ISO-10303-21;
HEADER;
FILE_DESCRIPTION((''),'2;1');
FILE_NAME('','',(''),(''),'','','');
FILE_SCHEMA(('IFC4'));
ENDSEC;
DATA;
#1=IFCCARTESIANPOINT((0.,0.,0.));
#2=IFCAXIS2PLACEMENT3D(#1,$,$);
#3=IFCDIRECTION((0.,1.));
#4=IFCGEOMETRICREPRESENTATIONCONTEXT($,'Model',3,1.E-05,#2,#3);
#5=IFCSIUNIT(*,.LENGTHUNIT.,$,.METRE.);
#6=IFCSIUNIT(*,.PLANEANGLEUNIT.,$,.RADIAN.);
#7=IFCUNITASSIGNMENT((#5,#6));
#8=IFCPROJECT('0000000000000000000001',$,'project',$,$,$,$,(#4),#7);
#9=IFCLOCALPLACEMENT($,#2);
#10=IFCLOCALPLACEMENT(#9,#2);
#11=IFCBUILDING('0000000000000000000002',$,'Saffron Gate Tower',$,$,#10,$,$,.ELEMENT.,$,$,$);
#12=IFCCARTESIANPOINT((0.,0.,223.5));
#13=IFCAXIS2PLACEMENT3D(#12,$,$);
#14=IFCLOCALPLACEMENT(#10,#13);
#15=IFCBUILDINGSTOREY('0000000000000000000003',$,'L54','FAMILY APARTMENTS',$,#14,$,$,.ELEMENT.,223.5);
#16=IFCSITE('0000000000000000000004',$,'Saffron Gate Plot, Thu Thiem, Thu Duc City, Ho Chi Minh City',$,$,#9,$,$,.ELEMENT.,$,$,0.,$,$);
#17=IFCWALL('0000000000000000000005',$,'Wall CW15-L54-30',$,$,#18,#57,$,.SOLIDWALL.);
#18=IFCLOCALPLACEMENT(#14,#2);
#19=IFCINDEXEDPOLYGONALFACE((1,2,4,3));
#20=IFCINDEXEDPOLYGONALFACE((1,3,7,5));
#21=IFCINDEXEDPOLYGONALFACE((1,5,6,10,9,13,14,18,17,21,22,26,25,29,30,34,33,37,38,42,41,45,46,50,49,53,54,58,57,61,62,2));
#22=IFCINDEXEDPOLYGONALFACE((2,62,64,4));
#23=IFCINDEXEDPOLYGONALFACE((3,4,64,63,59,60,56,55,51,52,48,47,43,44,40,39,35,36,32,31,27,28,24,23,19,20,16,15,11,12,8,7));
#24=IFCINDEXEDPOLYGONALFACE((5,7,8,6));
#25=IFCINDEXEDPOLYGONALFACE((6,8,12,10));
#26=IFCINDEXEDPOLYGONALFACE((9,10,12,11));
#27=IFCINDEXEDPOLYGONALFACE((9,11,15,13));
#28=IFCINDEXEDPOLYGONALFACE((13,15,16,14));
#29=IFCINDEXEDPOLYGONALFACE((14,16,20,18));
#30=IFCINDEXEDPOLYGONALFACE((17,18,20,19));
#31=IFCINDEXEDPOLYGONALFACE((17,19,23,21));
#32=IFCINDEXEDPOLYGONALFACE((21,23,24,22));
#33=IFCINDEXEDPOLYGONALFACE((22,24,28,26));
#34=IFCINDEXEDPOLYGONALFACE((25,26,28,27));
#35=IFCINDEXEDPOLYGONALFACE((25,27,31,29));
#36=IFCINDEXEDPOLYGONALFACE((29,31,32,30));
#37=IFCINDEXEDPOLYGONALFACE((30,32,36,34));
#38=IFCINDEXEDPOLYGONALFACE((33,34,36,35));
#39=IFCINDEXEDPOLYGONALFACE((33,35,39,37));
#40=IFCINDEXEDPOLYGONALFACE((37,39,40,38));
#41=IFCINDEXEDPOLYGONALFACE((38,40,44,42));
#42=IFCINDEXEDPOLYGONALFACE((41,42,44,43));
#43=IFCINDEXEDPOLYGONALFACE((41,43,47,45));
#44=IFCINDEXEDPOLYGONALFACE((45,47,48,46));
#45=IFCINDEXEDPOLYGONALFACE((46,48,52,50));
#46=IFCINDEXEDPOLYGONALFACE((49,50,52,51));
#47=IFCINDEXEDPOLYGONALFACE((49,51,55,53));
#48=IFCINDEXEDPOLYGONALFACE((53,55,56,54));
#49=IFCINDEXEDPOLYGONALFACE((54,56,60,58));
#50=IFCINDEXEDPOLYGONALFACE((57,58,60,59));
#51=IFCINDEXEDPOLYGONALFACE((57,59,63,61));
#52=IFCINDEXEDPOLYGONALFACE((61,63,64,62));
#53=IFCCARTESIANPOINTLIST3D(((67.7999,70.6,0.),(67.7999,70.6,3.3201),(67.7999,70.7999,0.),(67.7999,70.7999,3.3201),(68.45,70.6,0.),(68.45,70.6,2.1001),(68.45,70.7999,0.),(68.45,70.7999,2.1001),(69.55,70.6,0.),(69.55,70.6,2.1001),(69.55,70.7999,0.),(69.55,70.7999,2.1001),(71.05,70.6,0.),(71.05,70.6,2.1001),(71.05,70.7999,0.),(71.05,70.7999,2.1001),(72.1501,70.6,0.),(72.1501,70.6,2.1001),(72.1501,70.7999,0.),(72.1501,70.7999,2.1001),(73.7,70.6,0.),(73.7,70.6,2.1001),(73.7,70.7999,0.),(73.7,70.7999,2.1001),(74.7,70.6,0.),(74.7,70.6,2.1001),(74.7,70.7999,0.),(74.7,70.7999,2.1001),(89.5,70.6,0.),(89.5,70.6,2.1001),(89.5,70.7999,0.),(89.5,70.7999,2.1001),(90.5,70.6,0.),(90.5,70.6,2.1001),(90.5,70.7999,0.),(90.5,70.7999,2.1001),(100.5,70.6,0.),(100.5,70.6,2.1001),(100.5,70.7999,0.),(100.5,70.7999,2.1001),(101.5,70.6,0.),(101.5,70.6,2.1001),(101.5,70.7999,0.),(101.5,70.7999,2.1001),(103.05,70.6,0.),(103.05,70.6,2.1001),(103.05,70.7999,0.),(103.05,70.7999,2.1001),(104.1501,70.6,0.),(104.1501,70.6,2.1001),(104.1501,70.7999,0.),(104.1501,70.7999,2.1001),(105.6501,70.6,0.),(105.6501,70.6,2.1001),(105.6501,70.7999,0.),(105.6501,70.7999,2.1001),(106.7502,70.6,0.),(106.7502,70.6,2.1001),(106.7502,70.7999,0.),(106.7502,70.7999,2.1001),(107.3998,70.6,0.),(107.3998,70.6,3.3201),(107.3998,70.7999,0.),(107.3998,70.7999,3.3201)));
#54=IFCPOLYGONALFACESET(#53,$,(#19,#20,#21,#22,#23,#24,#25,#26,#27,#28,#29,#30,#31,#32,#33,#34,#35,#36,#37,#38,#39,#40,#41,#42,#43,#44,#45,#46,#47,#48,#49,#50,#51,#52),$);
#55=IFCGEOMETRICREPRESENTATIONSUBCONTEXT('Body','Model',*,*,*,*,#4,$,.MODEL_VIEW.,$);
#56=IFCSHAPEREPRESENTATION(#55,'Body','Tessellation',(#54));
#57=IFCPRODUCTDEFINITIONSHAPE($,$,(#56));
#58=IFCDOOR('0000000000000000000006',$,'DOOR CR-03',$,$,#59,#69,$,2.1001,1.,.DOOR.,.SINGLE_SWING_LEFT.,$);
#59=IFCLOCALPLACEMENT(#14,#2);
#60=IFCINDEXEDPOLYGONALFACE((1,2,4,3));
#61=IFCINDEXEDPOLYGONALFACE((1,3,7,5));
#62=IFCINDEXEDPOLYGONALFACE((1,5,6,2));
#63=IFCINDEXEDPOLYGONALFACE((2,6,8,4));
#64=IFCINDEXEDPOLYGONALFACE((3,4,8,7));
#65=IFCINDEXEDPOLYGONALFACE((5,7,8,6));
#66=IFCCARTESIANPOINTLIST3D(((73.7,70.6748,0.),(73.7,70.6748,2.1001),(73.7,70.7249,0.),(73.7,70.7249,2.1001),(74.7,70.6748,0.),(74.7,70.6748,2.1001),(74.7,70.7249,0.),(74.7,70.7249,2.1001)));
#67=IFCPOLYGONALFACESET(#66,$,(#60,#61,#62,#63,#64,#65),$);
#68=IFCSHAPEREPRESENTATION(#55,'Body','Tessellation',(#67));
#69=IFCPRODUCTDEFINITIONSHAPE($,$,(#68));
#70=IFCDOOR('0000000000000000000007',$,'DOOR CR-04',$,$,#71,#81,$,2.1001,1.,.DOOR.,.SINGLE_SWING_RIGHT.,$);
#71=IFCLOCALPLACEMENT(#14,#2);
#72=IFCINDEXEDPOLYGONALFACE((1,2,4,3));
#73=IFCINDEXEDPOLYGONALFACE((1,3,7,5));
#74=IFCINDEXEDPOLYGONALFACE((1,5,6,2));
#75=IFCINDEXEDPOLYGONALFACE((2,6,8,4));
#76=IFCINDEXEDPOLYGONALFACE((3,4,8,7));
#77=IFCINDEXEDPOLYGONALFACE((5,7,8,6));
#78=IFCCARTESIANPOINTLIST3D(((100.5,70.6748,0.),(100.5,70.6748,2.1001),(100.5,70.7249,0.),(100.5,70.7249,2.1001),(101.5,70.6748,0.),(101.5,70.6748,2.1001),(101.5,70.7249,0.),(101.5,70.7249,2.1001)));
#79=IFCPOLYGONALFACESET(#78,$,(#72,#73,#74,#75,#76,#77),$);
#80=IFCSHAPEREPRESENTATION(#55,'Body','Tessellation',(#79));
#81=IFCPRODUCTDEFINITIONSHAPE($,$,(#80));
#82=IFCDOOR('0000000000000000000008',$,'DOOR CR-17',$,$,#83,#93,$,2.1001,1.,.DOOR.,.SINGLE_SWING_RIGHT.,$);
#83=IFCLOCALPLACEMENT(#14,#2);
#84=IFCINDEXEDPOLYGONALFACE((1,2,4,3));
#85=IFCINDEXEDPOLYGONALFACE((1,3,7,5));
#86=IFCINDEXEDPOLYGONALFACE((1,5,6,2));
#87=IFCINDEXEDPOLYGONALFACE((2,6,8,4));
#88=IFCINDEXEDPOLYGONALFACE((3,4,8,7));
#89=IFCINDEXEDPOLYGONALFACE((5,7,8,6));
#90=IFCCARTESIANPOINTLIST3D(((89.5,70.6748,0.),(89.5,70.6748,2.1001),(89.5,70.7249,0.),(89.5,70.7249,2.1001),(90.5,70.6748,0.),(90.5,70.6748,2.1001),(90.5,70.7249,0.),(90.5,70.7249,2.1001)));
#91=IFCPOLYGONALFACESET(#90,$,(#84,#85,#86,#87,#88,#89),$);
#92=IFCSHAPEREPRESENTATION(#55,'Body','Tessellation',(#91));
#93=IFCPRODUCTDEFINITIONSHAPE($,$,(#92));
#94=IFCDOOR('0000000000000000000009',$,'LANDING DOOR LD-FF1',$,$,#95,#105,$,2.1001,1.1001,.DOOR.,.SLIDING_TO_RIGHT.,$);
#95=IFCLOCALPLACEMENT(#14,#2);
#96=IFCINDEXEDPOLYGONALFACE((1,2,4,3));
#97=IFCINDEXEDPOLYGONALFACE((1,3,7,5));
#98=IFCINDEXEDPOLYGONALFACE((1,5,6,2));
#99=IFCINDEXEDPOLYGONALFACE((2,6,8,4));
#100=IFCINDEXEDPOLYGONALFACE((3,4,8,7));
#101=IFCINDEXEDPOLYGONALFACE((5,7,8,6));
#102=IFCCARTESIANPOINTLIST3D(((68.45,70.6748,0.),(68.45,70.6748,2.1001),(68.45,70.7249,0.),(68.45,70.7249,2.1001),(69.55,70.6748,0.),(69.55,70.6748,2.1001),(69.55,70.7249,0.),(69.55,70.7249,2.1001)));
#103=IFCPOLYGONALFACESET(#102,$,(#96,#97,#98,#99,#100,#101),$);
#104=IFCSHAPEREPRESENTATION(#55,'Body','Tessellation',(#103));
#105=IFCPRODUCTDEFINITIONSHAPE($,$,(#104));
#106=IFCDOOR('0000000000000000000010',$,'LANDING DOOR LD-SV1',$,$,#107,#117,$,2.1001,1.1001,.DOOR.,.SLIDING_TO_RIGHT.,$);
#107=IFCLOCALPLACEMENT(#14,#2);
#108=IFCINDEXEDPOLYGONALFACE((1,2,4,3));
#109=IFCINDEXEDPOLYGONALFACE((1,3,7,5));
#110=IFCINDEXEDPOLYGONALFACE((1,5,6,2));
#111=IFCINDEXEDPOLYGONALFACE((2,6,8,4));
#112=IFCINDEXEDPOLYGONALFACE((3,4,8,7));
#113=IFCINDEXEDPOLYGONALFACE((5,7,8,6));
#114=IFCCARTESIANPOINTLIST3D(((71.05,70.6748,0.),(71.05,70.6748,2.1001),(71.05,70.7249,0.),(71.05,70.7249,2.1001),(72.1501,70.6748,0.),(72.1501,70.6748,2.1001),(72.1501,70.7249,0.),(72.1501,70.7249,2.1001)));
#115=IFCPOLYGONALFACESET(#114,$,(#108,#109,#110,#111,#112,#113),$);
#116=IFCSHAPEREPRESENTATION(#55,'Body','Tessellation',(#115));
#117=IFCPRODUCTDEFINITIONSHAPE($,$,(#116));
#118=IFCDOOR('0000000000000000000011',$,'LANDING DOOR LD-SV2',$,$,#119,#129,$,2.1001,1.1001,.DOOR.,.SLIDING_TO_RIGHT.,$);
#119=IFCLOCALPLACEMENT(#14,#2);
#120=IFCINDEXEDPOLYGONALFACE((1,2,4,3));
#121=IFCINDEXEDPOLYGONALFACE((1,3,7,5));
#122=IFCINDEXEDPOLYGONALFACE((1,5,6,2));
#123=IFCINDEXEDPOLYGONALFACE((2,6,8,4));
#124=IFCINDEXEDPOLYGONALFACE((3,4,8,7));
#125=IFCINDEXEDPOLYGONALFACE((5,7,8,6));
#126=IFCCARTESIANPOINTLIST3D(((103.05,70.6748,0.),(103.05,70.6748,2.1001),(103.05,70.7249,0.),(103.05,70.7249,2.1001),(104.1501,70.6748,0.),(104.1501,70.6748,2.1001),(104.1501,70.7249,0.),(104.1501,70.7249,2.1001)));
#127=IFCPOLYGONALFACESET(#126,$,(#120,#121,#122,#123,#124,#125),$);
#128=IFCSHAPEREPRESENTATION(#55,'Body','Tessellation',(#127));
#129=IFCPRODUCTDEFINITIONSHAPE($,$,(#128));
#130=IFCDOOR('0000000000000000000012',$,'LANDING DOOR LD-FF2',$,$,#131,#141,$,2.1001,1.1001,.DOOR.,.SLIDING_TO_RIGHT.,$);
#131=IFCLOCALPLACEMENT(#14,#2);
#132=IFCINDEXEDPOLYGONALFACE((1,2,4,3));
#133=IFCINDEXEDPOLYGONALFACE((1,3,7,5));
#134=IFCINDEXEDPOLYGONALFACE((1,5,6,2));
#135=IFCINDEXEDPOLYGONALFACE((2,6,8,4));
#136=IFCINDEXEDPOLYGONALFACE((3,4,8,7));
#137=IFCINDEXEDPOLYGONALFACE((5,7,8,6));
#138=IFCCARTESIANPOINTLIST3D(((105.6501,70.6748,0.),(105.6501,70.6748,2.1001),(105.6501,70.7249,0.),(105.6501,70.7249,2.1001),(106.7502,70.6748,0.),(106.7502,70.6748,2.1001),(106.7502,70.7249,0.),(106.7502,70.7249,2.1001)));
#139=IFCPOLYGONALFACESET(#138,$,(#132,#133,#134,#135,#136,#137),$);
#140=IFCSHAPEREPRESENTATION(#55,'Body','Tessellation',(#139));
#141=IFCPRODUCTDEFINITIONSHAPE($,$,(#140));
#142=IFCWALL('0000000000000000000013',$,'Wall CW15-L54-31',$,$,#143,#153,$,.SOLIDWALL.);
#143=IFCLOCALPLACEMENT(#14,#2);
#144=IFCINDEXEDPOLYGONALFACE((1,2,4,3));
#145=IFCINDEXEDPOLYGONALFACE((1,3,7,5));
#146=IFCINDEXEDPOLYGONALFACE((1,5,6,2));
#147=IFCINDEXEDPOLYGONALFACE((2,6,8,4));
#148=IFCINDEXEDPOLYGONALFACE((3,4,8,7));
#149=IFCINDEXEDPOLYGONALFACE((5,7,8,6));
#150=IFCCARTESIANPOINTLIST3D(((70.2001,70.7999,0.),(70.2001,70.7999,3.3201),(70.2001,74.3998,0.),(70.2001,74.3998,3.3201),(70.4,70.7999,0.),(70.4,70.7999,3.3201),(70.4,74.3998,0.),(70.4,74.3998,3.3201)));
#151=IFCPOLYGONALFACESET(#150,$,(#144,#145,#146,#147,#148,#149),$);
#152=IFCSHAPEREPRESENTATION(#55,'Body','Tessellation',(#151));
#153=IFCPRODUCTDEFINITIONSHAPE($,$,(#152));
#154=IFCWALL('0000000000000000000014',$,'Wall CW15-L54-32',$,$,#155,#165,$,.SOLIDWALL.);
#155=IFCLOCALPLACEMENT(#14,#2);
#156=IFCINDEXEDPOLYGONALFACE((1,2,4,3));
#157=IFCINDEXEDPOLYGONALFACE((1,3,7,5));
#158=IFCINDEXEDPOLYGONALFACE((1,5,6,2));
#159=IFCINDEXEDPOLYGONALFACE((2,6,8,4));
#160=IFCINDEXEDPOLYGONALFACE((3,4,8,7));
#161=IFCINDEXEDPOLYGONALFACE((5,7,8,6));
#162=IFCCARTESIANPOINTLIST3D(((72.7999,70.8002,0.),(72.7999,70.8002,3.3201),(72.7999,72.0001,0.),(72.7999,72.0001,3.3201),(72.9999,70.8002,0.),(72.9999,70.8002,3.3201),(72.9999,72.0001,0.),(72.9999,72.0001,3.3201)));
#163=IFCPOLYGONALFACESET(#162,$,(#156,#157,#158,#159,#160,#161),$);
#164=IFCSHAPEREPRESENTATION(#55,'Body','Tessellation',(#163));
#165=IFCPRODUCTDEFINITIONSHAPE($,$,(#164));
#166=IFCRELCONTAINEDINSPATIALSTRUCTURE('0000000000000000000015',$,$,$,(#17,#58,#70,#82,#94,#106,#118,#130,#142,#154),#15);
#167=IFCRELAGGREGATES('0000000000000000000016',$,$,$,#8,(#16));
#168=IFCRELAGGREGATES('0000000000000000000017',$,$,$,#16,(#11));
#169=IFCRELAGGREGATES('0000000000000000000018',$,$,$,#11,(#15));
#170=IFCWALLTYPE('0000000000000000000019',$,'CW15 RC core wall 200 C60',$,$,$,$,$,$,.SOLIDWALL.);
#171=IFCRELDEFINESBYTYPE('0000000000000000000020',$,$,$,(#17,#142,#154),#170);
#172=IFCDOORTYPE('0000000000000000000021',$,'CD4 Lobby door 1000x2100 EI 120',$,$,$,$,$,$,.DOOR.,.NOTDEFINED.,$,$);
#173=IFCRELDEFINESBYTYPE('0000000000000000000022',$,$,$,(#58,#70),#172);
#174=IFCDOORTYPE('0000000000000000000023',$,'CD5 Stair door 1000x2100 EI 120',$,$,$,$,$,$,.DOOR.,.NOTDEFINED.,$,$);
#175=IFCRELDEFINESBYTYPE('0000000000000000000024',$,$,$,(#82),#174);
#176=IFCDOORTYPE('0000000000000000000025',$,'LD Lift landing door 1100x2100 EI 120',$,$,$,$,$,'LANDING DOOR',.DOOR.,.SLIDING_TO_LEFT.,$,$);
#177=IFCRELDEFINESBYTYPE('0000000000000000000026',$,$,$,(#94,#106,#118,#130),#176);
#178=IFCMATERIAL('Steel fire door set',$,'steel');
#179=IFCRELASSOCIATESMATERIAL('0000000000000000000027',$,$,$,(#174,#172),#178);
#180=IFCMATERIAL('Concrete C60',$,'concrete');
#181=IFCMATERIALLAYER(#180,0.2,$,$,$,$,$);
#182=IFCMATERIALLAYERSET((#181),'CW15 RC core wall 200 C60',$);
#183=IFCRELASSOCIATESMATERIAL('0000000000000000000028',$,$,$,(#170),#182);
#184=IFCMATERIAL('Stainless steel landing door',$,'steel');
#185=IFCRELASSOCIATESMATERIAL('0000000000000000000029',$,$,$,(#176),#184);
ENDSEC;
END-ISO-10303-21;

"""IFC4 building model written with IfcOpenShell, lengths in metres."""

from ifc_helpers import new_model, si_unit, direction, frame, frame_2d, origin, place, context, subcontext, project, spatial, rectangle, extrude, material, layer, layer_set, type_object, element, fill, save


model = new_model("IFC4")

# Units and contexts
model_context = context("Model", 3, precision=1e-05, world=origin(), true_north=direction((0.0, 1.0)))
body_context = subcontext(model_context, "Body", "Model", "MODEL_VIEW")
ifc_project = project(units=[si_unit("LENGTHUNIT", "METRE"), si_unit("PLANEANGLEUNIT", "RADIAN")], contexts=[model_context])

# Site, building, storey
site_placement = place(None, origin())
site = spatial("IfcSite", under=ifc_project, at=site_placement, Name="Saffron Gate Plot, Thu Thiem, Thu Duc City, Ho Chi Minh City", CompositionType="ELEMENT", RefElevation=0.0)
building_placement = place(site_placement, origin())
building = spatial("IfcBuilding", under=site, at=building_placement, Name="Saffron Gate Tower", CompositionType="ELEMENT")
storey_placement = place(building_placement, frame((0.0, 0.0, 223.5)))
storey = spatial("IfcBuildingStorey", under=building, at=storey_placement, Name="L54", Description="FAMILY APARTMENTS", CompositionType="ELEMENT", Elevation=223.5)

# Wall, openings, doors
ifc_material_1 = material(Name="Concrete C60", Category="concrete")
ifc_material_2 = material(Name="Steel fire door set", Category="steel")
door_type_1 = type_object("IfcDoorType", Name="CD5 Stair door 1000x2100 EI 120", OperationType="NOTDEFINED", PredefinedType="DOOR", material=ifc_material_2)
ifc_layer_1 = layer(ifc_material_1, 0.2)
ifc_layer_set_1 = layer_set([ifc_layer_1], Name="CW15 RC core wall 200 C60")
wall_type_1 = type_object("IfcWallType", Name="CW15 RC core wall 200 C60", PredefinedType="SOLIDWALL", material=ifc_layer_set_1)
wall_1_placement = place(storey_placement, frame((67.8, 70.7, 0.0), z_axis=(0.0, 0.0, 1.0), x_axis=(1.0, 0.0, 0.0)))
wall_1 = element("IfcWall", 1, at=wall_1_placement, inside=storey, type_object=wall_type_1, Name="Wall CW15-L54-30", PredefinedType="SOLIDWALL", context=body_context, shape_type="SweptSolid", body=[
    extrude(rectangle(XDim=39.5999, YDim=0.2, at=frame_2d((19.7998, 0.0))), origin(), (0.0, 0.0, 1.0), 3.3201),
])
opening_1_placement = place(wall_1_placement, frame((0.6499, 0.0, 0.0)))
opening_1 = element("IfcOpeningElement", 2, at=opening_1_placement, cuts=wall_1, PredefinedType="OPENING", context=body_context, shape_type="SweptSolid", body=[
    extrude(rectangle(XDim=1.1001, YDim=2.1001, at=frame_2d((0.55, 1.05))), frame((0.0, 0.1099, 0.0), z_axis=(0.0, -1.0, 0.0), x_axis=(1.0, 0.0, 0.0)), (0.0, 0.0, 1.0), 0.22),
])
opening_2_placement = place(wall_1_placement, frame((3.25, 0.0, 0.0)))
opening_2 = element("IfcOpeningElement", 3, at=opening_2_placement, cuts=wall_1, PredefinedType="OPENING", context=body_context, shape_type="SweptSolid", body=[
    extrude(rectangle(XDim=1.1001, YDim=2.1001, at=frame_2d((0.55, 1.05))), frame((0.0, 0.1099, 0.0), z_axis=(0.0, -1.0, 0.0), x_axis=(1.0, 0.0, 0.0)), (0.0, 0.0, 1.0), 0.22),
])
opening_3_placement = place(wall_1_placement, frame((5.8999, 0.0, 0.0)))
opening_3 = element("IfcOpeningElement", 4, at=opening_3_placement, cuts=wall_1, PredefinedType="OPENING", context=body_context, shape_type="SweptSolid", body=[
    extrude(rectangle(XDim=1.0, YDim=2.1001, at=frame_2d((0.5, 1.05))), frame((0.0, 0.1099, 0.0), z_axis=(0.0, -1.0, 0.0), x_axis=(1.0, 0.0, 0.0)), (0.0, 0.0, 1.0), 0.22),
])
opening_4_placement = place(wall_1_placement, frame((21.7, 0.0, 0.0)))
opening_4 = element("IfcOpeningElement", 5, at=opening_4_placement, cuts=wall_1, PredefinedType="OPENING", context=body_context, shape_type="SweptSolid", body=[
    extrude(rectangle(XDim=1.0, YDim=2.1001, at=frame_2d((0.5, 1.05))), frame((0.0, 0.1099, 0.0), z_axis=(0.0, -1.0, 0.0), x_axis=(1.0, 0.0, 0.0)), (0.0, 0.0, 1.0), 0.22),
])
opening_5_placement = place(wall_1_placement, frame((32.7, 0.0, 0.0)))
opening_5 = element("IfcOpeningElement", 6, at=opening_5_placement, cuts=wall_1, PredefinedType="OPENING", context=body_context, shape_type="SweptSolid", body=[
    extrude(rectangle(XDim=1.0, YDim=2.1001, at=frame_2d((0.5, 1.05))), frame((0.0, 0.1099, 0.0), z_axis=(0.0, -1.0, 0.0), x_axis=(1.0, 0.0, 0.0)), (0.0, 0.0, 1.0), 0.22),
])
opening_6_placement = place(wall_1_placement, frame((35.25, 0.0, 0.0)))
opening_6 = element("IfcOpeningElement", 7, at=opening_6_placement, cuts=wall_1, PredefinedType="OPENING", context=body_context, shape_type="SweptSolid", body=[
    extrude(rectangle(XDim=1.1001, YDim=2.1001, at=frame_2d((0.55, 1.05))), frame((0.0, 0.1099, 0.0), z_axis=(0.0, -1.0, 0.0), x_axis=(1.0, 0.0, 0.0)), (0.0, 0.0, 1.0), 0.22),
])
opening_7_placement = place(wall_1_placement, frame((37.8501, 0.0, 0.0)))
opening_7 = element("IfcOpeningElement", 8, at=opening_7_placement, cuts=wall_1, PredefinedType="OPENING", context=body_context, shape_type="SweptSolid", body=[
    extrude(rectangle(XDim=1.1001, YDim=2.1001, at=frame_2d((0.55, 1.05))), frame((0.0, 0.1099, 0.0), z_axis=(0.0, -1.0, 0.0), x_axis=(1.0, 0.0, 0.0)), (0.0, 0.0, 1.0), 0.22),
])
door_type_2 = type_object("IfcDoorType", Name="CD4 Lobby door 1000x2100 EI 120", OperationType="NOTDEFINED", PredefinedType="DOOR", material=ifc_material_2)
door_1_placement = place(opening_3_placement, origin())
door_1 = element("IfcDoor", 9, at=door_1_placement, inside=storey, type_object=door_type_2, Name="DOOR CR-03", OperationType="SINGLE_SWING_LEFT", OverallHeight=2.1001, OverallWidth=1.0, PredefinedType="DOOR", context=body_context, shape_type="SweptSolid", body=[
    extrude(rectangle(XDim=1.0, YDim=2.1001, at=frame_2d((0.5, 1.05))), frame((0.0, 0.0249, 0.0), z_axis=(0.0, -1.0, 0.0), x_axis=(1.0, 0.0, 0.0)), (0.0, 0.0, 1.0), 0.05),
])
fill(opening_3, door_1)
door_2_placement = place(opening_5_placement, origin())
door_2 = element("IfcDoor", 10, at=door_2_placement, inside=storey, type_object=door_type_2, Name="DOOR CR-04", OperationType="SINGLE_SWING_RIGHT", OverallHeight=2.1001, OverallWidth=1.0, PredefinedType="DOOR", context=body_context, shape_type="SweptSolid", body=[
    extrude(rectangle(XDim=1.0, YDim=2.1001, at=frame_2d((0.5, 1.05))), frame((0.0, 0.0249, 0.0), z_axis=(0.0, -1.0, 0.0), x_axis=(1.0, 0.0, 0.0)), (0.0, 0.0, 1.0), 0.05),
])
fill(opening_5, door_2)
door_3_placement = place(opening_4_placement, origin())
door_3 = element("IfcDoor", 11, at=door_3_placement, inside=storey, type_object=door_type_1, Name="DOOR CR-17", OperationType="SINGLE_SWING_RIGHT", OverallHeight=2.1001, OverallWidth=1.0, PredefinedType="DOOR", context=body_context, shape_type="SweptSolid", body=[
    extrude(rectangle(XDim=1.0, YDim=2.1001, at=frame_2d((0.5, 1.05))), frame((0.0, 0.0249, 0.0), z_axis=(0.0, -1.0, 0.0), x_axis=(1.0, 0.0, 0.0)), (0.0, 0.0, 1.0), 0.05),
])
fill(opening_4, door_3)
ifc_material_3 = material(Name="Stainless steel landing door", Category="steel")
door_type_3 = type_object("IfcDoorType", Name="LD Lift landing door 1100x2100 EI 120", ElementType="LANDING DOOR", OperationType="SLIDING_TO_LEFT", PredefinedType="DOOR", material=ifc_material_3)
door_4_placement = place(opening_1_placement, origin())
door_4 = element("IfcDoor", 12, at=door_4_placement, inside=storey, type_object=door_type_3, Name="LANDING DOOR LD-FF1", OperationType="SLIDING_TO_RIGHT", OverallHeight=2.1001, OverallWidth=1.1001, PredefinedType="DOOR", context=body_context, shape_type="SweptSolid", body=[
    extrude(rectangle(XDim=1.1001, YDim=2.1001, at=frame_2d((0.55, 1.05))), frame((0.0, 0.0249, 0.0), z_axis=(0.0, -1.0, 0.0), x_axis=(1.0, 0.0, 0.0)), (0.0, 0.0, 1.0), 0.05),
])
fill(opening_1, door_4)
door_5_placement = place(opening_2_placement, origin())
door_5 = element("IfcDoor", 13, at=door_5_placement, inside=storey, type_object=door_type_3, Name="LANDING DOOR LD-SV1", OperationType="SLIDING_TO_RIGHT", OverallHeight=2.1001, OverallWidth=1.1001, PredefinedType="DOOR", context=body_context, shape_type="SweptSolid", body=[
    extrude(rectangle(XDim=1.1001, YDim=2.1001, at=frame_2d((0.55, 1.05))), frame((0.0, 0.0249, 0.0), z_axis=(0.0, -1.0, 0.0), x_axis=(1.0, 0.0, 0.0)), (0.0, 0.0, 1.0), 0.05),
])
fill(opening_2, door_5)
door_6_placement = place(opening_6_placement, origin())
door_6 = element("IfcDoor", 14, at=door_6_placement, inside=storey, type_object=door_type_3, Name="LANDING DOOR LD-SV2", OperationType="SLIDING_TO_RIGHT", OverallHeight=2.1001, OverallWidth=1.1001, PredefinedType="DOOR", context=body_context, shape_type="SweptSolid", body=[
    extrude(rectangle(XDim=1.1001, YDim=2.1001, at=frame_2d((0.55, 1.05))), frame((0.0, 0.0249, 0.0), z_axis=(0.0, -1.0, 0.0), x_axis=(1.0, 0.0, 0.0)), (0.0, 0.0, 1.0), 0.05),
])
fill(opening_6, door_6)
door_7_placement = place(opening_7_placement, origin())
door_7 = element("IfcDoor", 15, at=door_7_placement, inside=storey, type_object=door_type_3, Name="LANDING DOOR LD-FF2", OperationType="SLIDING_TO_RIGHT", OverallHeight=2.1001, OverallWidth=1.1001, PredefinedType="DOOR", context=body_context, shape_type="SweptSolid", body=[
    extrude(rectangle(XDim=1.1001, YDim=2.1001, at=frame_2d((0.55, 1.05))), frame((0.0, 0.0249, 0.0), z_axis=(0.0, -1.0, 0.0), x_axis=(1.0, 0.0, 0.0)), (0.0, 0.0, 1.0), 0.05),
])
fill(opening_7, door_7)

# Walls
wall_2_placement = place(storey_placement, frame((70.3, 70.8, 0.0), z_axis=(0.0, 0.0, 1.0), x_axis=(0.0, 1.0, 0.0)))
element("IfcWall", 16, at=wall_2_placement, inside=storey, type_object=wall_type_1, Name="Wall CW15-L54-31", PredefinedType="SOLIDWALL", context=body_context, shape_type="SweptSolid", body=[
    extrude(rectangle(XDim=3.5999, YDim=0.2, at=frame_2d((1.7998, 0.0))), origin(), (0.0, 0.0, 1.0), 3.3201),
])
wall_3_placement = place(storey_placement, frame((72.8999, 70.8, 0.0), z_axis=(0.0, 0.0, 1.0), x_axis=(0.0, 1.0, 0.0)))
element("IfcWall", 17, at=wall_3_placement, inside=storey, type_object=wall_type_1, Name="Wall CW15-L54-32", PredefinedType="SOLIDWALL", context=body_context, shape_type="SweptSolid", body=[
    extrude(rectangle(XDim=1.2, YDim=0.2, at=frame_2d((0.6001, 0.0))), origin(), (0.0, 0.0, 1.0), 3.3201),
])

save(model, "model.ifc")
